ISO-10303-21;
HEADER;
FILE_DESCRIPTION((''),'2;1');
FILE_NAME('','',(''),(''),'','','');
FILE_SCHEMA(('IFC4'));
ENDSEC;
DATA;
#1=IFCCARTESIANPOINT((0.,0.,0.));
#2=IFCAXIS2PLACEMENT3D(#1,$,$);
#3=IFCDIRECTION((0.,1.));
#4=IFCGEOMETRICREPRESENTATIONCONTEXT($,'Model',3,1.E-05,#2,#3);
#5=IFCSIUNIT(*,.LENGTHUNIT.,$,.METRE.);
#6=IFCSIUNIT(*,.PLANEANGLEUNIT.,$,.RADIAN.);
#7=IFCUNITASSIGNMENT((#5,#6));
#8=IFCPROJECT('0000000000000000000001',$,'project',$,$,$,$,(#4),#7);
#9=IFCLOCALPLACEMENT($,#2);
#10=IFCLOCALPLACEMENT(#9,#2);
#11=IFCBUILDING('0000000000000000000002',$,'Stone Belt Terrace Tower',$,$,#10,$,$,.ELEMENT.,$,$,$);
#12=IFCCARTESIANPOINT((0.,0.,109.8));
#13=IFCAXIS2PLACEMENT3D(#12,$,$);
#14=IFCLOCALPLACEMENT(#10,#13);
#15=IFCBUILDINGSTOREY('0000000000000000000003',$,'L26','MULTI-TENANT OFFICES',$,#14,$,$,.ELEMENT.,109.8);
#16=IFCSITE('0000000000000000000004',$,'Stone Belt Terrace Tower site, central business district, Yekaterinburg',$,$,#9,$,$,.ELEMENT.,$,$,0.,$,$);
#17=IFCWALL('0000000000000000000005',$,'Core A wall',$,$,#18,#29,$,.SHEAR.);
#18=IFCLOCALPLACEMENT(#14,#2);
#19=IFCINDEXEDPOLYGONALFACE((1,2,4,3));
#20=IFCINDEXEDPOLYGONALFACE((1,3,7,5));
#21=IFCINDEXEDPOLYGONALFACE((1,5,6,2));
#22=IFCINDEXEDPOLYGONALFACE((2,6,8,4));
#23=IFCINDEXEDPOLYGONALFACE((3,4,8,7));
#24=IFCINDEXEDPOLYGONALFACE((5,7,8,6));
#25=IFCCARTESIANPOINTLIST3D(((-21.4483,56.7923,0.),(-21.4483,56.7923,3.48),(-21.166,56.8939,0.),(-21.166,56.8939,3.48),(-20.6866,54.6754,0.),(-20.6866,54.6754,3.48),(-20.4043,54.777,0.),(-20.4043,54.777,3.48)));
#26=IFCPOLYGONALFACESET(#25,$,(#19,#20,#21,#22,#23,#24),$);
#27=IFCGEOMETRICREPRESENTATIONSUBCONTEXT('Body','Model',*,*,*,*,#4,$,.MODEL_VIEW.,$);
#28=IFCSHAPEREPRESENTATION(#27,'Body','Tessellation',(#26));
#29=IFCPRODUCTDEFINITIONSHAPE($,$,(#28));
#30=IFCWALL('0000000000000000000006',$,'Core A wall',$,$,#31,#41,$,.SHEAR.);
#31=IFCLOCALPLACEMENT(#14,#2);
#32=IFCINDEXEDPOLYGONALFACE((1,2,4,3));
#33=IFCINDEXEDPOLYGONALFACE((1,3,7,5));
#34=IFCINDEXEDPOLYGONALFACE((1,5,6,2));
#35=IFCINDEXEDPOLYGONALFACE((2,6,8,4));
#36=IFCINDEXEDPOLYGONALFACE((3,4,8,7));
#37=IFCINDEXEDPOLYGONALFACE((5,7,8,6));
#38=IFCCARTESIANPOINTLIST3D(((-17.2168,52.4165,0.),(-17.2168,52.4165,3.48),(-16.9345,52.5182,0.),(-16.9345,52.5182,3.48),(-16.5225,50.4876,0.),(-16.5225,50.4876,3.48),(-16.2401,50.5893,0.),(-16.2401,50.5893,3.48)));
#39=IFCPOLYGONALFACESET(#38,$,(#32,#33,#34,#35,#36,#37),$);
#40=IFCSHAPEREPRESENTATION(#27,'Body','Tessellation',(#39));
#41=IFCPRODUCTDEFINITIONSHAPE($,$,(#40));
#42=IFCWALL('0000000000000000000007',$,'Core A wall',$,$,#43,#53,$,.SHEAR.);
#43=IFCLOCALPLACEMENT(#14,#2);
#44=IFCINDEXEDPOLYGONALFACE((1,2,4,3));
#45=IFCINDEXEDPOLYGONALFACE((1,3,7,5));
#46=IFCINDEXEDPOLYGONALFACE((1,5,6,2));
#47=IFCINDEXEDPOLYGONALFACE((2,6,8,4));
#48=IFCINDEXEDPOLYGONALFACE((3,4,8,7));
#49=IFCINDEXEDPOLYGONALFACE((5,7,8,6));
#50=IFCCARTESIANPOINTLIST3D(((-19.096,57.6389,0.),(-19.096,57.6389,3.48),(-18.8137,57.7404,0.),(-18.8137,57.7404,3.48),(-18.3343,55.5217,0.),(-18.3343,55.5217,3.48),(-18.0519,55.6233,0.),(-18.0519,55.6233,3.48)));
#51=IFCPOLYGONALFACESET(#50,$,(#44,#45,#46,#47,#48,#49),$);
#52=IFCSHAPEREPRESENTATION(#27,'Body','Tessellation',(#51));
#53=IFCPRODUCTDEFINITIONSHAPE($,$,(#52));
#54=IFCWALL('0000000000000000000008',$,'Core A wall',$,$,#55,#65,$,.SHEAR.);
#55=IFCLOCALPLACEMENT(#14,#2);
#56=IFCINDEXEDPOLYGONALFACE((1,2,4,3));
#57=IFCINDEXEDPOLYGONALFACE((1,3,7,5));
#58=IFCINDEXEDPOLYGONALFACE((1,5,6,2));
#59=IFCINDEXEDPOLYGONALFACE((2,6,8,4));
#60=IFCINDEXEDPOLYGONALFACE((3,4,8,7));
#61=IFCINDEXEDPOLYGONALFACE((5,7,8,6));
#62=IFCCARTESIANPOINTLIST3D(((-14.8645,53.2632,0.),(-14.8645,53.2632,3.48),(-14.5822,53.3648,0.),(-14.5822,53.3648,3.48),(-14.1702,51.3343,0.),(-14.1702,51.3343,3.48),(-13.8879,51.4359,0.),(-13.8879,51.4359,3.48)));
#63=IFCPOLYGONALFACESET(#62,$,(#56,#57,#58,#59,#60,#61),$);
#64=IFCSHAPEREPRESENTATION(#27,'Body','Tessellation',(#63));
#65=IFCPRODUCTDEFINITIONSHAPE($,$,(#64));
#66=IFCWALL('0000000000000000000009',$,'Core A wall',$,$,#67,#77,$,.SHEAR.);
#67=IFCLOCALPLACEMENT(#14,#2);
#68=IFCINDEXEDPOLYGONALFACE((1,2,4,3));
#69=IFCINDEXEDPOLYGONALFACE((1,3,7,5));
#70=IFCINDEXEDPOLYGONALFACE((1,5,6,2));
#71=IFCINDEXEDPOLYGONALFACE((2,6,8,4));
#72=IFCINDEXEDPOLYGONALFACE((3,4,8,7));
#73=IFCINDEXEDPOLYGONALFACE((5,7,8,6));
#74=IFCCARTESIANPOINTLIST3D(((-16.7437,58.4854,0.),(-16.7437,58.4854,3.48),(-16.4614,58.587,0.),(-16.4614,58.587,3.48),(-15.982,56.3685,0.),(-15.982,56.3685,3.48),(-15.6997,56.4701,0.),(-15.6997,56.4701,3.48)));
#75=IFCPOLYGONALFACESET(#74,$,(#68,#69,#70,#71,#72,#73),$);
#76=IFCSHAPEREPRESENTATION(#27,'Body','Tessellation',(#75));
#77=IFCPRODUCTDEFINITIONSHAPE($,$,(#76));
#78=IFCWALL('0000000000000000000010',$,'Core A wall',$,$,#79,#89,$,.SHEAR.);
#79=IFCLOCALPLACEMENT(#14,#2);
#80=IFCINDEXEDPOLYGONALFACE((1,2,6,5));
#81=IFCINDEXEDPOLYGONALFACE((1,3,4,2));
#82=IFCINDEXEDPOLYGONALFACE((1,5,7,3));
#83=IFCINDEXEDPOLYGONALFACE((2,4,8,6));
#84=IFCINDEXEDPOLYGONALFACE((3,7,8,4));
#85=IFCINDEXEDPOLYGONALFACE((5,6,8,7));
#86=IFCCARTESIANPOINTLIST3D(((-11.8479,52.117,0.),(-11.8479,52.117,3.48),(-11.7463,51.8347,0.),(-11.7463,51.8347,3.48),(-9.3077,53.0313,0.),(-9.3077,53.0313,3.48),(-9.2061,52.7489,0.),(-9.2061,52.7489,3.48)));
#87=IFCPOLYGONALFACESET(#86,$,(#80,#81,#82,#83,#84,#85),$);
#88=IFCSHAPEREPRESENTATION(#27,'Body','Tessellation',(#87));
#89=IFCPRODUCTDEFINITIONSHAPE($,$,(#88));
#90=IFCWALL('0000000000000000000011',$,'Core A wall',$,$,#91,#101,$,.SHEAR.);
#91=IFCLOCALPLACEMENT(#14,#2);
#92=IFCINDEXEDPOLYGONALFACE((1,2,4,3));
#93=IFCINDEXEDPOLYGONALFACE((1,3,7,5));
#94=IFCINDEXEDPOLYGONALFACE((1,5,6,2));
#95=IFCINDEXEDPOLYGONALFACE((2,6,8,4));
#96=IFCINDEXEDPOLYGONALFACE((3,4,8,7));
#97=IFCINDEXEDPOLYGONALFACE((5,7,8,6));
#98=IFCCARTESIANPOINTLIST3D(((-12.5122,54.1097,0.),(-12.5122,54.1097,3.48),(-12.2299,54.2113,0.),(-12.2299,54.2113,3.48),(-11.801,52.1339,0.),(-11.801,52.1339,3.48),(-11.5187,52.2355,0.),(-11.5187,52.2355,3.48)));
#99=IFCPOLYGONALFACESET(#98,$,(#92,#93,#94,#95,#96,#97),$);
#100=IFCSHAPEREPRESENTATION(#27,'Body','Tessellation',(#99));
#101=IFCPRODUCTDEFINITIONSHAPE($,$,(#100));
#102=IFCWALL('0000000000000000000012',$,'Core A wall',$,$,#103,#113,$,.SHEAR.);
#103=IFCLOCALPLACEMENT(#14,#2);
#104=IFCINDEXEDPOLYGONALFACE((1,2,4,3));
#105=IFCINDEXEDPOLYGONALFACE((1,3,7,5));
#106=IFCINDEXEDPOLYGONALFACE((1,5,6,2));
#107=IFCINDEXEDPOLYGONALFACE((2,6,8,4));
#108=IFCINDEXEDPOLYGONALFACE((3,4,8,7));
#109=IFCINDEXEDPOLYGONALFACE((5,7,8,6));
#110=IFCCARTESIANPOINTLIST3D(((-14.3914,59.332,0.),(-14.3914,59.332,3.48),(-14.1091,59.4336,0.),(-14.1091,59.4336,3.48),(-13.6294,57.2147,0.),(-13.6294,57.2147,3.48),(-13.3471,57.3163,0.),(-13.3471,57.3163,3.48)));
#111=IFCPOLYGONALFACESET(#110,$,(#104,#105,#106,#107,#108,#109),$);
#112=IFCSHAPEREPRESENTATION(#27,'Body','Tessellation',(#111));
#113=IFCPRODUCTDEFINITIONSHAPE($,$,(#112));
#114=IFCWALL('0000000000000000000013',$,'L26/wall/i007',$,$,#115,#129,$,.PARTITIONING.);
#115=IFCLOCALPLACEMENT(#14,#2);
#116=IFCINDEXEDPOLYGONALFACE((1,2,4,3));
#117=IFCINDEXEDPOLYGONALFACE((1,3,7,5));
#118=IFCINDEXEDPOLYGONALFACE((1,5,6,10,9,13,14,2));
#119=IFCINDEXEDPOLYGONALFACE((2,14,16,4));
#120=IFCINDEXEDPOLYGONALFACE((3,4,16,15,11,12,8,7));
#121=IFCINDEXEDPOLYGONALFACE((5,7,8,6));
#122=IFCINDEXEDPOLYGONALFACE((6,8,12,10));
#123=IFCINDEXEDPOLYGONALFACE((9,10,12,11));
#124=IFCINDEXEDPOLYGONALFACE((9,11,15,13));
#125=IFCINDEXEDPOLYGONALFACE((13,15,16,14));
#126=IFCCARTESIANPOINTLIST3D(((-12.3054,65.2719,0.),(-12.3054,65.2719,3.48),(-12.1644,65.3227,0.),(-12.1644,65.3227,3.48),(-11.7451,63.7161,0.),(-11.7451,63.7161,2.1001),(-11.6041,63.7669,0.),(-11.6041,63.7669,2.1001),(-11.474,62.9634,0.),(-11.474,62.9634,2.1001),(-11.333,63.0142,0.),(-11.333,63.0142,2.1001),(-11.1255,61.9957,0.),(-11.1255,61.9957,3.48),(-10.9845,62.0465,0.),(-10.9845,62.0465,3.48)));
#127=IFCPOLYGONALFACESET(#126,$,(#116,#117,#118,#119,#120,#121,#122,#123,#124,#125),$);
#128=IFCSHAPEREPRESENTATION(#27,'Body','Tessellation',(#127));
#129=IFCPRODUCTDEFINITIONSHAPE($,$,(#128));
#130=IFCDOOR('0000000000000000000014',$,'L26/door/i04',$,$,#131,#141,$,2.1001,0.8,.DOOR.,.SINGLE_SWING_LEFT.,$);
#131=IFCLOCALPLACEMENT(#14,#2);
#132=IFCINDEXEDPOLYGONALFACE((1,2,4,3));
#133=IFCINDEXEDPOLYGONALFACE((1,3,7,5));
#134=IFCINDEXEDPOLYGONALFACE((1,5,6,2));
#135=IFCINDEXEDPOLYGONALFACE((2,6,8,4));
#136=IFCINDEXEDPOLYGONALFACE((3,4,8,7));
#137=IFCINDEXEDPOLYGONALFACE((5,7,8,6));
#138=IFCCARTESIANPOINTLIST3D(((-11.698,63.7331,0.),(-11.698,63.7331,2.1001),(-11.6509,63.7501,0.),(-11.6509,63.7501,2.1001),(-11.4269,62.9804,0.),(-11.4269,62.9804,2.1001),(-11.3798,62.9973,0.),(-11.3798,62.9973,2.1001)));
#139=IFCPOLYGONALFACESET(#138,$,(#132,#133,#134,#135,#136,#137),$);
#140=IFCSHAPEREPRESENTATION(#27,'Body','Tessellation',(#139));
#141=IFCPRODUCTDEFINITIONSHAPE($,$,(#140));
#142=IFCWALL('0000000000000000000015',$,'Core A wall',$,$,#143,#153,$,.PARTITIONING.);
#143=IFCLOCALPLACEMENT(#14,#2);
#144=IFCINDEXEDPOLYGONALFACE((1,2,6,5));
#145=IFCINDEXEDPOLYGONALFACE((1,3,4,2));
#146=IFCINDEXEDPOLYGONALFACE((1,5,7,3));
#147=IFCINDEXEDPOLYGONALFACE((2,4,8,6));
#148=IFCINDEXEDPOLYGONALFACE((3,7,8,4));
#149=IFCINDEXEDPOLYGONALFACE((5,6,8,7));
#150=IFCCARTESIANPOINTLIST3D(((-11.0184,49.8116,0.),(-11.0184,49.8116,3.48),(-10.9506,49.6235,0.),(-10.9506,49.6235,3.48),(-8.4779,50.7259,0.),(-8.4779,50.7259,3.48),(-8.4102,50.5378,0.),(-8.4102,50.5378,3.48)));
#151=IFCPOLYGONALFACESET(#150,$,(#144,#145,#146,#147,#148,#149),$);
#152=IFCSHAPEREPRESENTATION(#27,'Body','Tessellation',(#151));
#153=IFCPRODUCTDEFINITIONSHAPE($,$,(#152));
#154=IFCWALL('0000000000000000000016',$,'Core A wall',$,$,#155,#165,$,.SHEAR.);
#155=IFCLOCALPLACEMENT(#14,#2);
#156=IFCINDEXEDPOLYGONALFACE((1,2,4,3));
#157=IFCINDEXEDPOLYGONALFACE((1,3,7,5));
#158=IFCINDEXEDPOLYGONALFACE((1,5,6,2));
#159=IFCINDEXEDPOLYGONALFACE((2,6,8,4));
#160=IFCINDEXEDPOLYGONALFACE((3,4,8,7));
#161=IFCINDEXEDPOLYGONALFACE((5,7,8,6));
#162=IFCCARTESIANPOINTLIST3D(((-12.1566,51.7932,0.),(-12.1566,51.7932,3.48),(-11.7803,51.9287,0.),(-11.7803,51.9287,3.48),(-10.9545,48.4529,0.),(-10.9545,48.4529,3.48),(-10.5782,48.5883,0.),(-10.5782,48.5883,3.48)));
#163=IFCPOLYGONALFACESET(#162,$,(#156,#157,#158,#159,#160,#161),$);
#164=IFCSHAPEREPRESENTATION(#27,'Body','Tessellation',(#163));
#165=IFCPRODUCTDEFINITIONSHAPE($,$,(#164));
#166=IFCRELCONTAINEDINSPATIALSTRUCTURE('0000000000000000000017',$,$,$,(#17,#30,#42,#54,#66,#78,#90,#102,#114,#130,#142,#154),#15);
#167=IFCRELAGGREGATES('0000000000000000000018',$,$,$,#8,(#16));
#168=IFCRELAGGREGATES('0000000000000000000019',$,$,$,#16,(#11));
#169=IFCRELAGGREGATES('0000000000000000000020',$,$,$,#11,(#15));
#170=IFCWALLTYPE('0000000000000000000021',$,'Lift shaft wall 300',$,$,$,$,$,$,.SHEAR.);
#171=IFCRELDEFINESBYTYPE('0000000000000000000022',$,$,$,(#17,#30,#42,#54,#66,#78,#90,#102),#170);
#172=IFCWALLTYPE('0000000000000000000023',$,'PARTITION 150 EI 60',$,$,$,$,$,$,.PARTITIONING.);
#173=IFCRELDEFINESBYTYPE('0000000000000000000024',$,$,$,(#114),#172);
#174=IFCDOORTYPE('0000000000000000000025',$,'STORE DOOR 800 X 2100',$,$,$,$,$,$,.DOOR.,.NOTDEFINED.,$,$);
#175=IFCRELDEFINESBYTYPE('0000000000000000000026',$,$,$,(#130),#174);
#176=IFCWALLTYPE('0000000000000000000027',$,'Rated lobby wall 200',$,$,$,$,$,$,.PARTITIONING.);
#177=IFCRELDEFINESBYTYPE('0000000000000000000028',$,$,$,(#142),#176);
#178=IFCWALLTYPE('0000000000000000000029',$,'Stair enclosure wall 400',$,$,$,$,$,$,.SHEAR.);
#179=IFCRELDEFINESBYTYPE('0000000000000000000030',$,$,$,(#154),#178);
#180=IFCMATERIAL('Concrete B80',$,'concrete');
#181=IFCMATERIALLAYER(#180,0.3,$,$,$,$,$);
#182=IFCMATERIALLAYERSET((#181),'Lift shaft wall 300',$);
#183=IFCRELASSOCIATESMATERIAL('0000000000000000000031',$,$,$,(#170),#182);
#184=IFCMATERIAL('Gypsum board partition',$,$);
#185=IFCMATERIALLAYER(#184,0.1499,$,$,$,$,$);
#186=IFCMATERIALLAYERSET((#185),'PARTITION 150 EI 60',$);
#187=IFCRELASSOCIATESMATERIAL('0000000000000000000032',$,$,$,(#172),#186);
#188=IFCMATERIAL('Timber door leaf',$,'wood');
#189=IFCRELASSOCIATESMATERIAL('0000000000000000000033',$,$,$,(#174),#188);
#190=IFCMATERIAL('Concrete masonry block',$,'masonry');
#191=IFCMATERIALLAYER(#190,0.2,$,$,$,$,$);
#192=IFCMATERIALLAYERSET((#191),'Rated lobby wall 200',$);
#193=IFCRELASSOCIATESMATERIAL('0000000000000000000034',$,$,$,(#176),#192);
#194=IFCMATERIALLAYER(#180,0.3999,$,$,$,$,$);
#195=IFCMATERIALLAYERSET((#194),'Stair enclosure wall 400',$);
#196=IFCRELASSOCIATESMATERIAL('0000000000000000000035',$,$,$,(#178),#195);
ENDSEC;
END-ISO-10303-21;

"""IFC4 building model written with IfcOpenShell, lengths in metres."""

from ifc_helpers import new_model, si_unit, direction, frame, frame_2d, origin, place, context, subcontext, project, spatial, rectangle, extrude, material, layer, layer_set, type_object, element, fill, save


model = new_model("IFC4")

# Units and contexts
model_context = context("Model", 3, precision=1e-05, world=origin(), true_north=direction((0.0, 1.0)))
body_context = subcontext(model_context, "Body", "Model", "MODEL_VIEW")
ifc_project = project(units=[si_unit("LENGTHUNIT", "METRE"), si_unit("PLANEANGLEUNIT", "RADIAN")], contexts=[model_context])

# Site, building, storey
site_placement = place(None, origin())
site = spatial("IfcSite", under=ifc_project, at=site_placement, Name="Stone Belt Terrace Tower site, central business district, Yekaterinburg", CompositionType="ELEMENT", RefElevation=0.0)
building_placement = place(site_placement, origin())
building = spatial("IfcBuilding", under=site, at=building_placement, Name="Stone Belt Terrace Tower", CompositionType="ELEMENT")
storey_placement = place(building_placement, frame((0.0, 0.0, 109.8)))
storey = spatial("IfcBuildingStorey", under=building, at=storey_placement, Name="L26", Description="MULTI-TENANT OFFICES", CompositionType="ELEMENT", Elevation=109.8)

# Shared definitions
ifc_material_1 = material(Name="Concrete B80", Category="concrete")

# Walls
ifc_layer_1 = layer(ifc_material_1, 0.3)
ifc_layer_set_1 = layer_set([ifc_layer_1], Name="Lift shaft wall 300")
wall_type_1 = type_object("IfcWallType", Name="Lift shaft wall 300", PredefinedType="SHEAR", material=ifc_layer_set_1)
wall_1_placement = place(storey_placement, frame((-20.5454, 54.7261, 0.0), z_axis=(0.0, 0.0, 1.0), x_axis=(-0.33857, 0.940941, 0.0)))
element("IfcWall", 1, at=wall_1_placement, inside=storey, type_object=wall_type_1, Name="Core A wall", PredefinedType="SHEAR", context=body_context, shape_type="SweptSolid", body=[
    extrude(rectangle(XDim=2.2498, YDim=0.3, at=frame_2d((1.125, 0.0))), origin(), (0.0, 0.0, 1.0), 3.48),
])
wall_2_placement = place(storey_placement, frame((-16.3813, 50.5386, 0.0), z_axis=(0.0, 0.0, 1.0), x_axis=(-0.338682, 0.940901, 0.0)))
element("IfcWall", 2, at=wall_2_placement, inside=storey, type_object=wall_type_1, Name="Core A wall", PredefinedType="SHEAR", context=body_context, shape_type="SweptSolid", body=[
    extrude(rectangle(XDim=2.05, YDim=0.3, at=frame_2d((1.0249, 0.0))), origin(), (0.0, 0.0, 1.0), 3.48),
])
wall_3_placement = place(storey_placement, frame((-18.1931, 55.5725, 0.0), z_axis=(0.0, 0.0, 1.0), x_axis=(-0.338535, 0.940954, 0.0)))
element("IfcWall", 3, at=wall_3_placement, inside=storey, type_object=wall_type_1, Name="Core A wall", PredefinedType="SHEAR", context=body_context, shape_type="SweptSolid", body=[
    extrude(rectangle(XDim=2.25, YDim=0.3, at=frame_2d((1.125, 0.0))), origin(), (0.0, 0.0, 1.0), 3.48),
])
wall_4_placement = place(storey_placement, frame((-14.0291, 51.3853, 0.0), z_axis=(0.0, 0.0, 1.0), x_axis=(-0.338682, 0.940901, 0.0)))
element("IfcWall", 4, at=wall_4_placement, inside=storey, type_object=wall_type_1, Name="Core A wall", PredefinedType="SHEAR", context=body_context, shape_type="SweptSolid", body=[
    extrude(rectangle(XDim=2.05, YDim=0.3, at=frame_2d((1.0249, 0.0))), origin(), (0.0, 0.0, 1.0), 3.48),
])
wall_5_placement = place(storey_placement, frame((-15.8408, 56.4192, 0.0), z_axis=(0.0, 0.0, 1.0), x_axis=(-0.33857, 0.940941, 0.0)))
element("IfcWall", 5, at=wall_5_placement, inside=storey, type_object=wall_type_1, Name="Core A wall", PredefinedType="SHEAR", context=body_context, shape_type="SweptSolid", body=[
    extrude(rectangle(XDim=2.2498, YDim=0.3, at=frame_2d((1.125, 0.0))), origin(), (0.0, 0.0, 1.0), 3.48),
])
wall_6_placement = place(storey_placement, frame((-11.7971, 51.9758, 0.0), z_axis=(0.0, 0.0, 1.0), x_axis=(0.94091, 0.338655, 0.0)))
element("IfcWall", 6, at=wall_6_placement, inside=storey, type_object=wall_type_1, Name="Core A wall", PredefinedType="SHEAR", context=body_context, shape_type="SweptSolid", body=[
    extrude(rectangle(XDim=2.6997, YDim=0.3, at=frame_2d((1.3499, 0.0))), origin(), (0.0, 0.0, 1.0), 3.48),
])
wall_7_placement = place(storey_placement, frame((-11.6599, 52.1848, 0.0), z_axis=(0.0, 0.0, 1.0), x_axis=(-0.33867, 0.940905, 0.0)))
element("IfcWall", 7, at=wall_7_placement, inside=storey, type_object=wall_type_1, Name="Core A wall", PredefinedType="SHEAR", context=body_context, shape_type="SweptSolid", body=[
    extrude(rectangle(XDim=2.0999, YDim=0.3, at=frame_2d((1.0498, 0.0))), origin(), (0.0, 0.0, 1.0), 3.48),
])
wall_8_placement = place(storey_placement, frame((-13.4883, 57.2656, 0.0), z_axis=(0.0, 0.0, 1.0), x_axis=(-0.338631, 0.940919, 0.0)))
element("IfcWall", 8, at=wall_8_placement, inside=storey, type_object=wall_type_1, Name="Core A wall", PredefinedType="SHEAR", context=body_context, shape_type="SweptSolid", body=[
    extrude(rectangle(XDim=2.2502, YDim=0.3, at=frame_2d((1.125, 0.0))), origin(), (0.0, 0.0, 1.0), 3.48),
])

# Wall, opening, door
ifc_material_2 = material(Name="Gypsum board partition")
ifc_layer_2 = layer(ifc_material_2, 0.1499)
ifc_layer_set_2 = layer_set([ifc_layer_2], Name="PARTITION 150 EI 60")
wall_type_2 = type_object("IfcWallType", Name="PARTITION 150 EI 60", PredefinedType="PARTITIONING", material=ifc_layer_set_2)
wall_9_placement = place(storey_placement, frame((-11.0549, 62.021, 0.0), z_axis=(0.0, 0.0, 1.0), x_axis=(-0.338854, 0.940839, 0.0)))
wall_9 = element("IfcWall", 9, at=wall_9_placement, inside=storey, type_object=wall_type_2, Name="L26/wall/i007", PredefinedType="PARTITIONING", context=body_context, shape_type="SweptSolid", body=[
    extrude(rectangle(XDim=3.4822, YDim=0.1499, at=frame_2d((1.7412, 0.0))), origin(), (0.0, 0.0, 1.0), 3.48),
])
opening_placement = place(wall_9_placement, frame((1.0288, 0.0, 0.0)))
opening = element("IfcOpeningElement", 10, at=opening_placement, cuts=wall_9, PredefinedType="OPENING", context=body_context, shape_type="SweptSolid", body=[
    extrude(rectangle(XDim=0.8, YDim=2.1001, at=frame_2d((0.3999, 1.05))), frame((0.0, 0.085, 0.0), z_axis=(0.0, -1.0, 0.0), x_axis=(1.0, 0.0, 0.0)), (0.0, 0.0, 1.0), 0.1699),
])
ifc_material_3 = material(Name="Timber door leaf", Category="wood")
door_type = type_object("IfcDoorType", Name="STORE DOOR 800 X 2100", OperationType="NOTDEFINED", PredefinedType="DOOR", material=ifc_material_3)
door_placement = place(opening_placement, origin())
door = element("IfcDoor", 11, at=door_placement, inside=storey, type_object=door_type, Name="L26/door/i04", OperationType="SINGLE_SWING_LEFT", OverallHeight=2.1001, OverallWidth=0.8, PredefinedType="DOOR", context=body_context, shape_type="SweptSolid", body=[
    extrude(rectangle(XDim=0.8, YDim=2.1001, at=frame_2d((0.3999, 1.05))), frame((0.0, 0.0249, 0.0), z_axis=(0.0, -1.0, 0.0), x_axis=(1.0, 0.0, 0.0)), (0.0, 0.0, 1.0), 0.05),
])
fill(opening, door)

# Walls
ifc_material_4 = material(Name="Concrete masonry block", Category="masonry")
ifc_layer_3 = layer(ifc_material_4, 0.2)
ifc_layer_set_3 = layer_set([ifc_layer_3], Name="Rated lobby wall 200")
wall_type_3 = type_object("IfcWallType", Name="Rated lobby wall 200", PredefinedType="PARTITIONING", material=ifc_layer_set_3)
wall_10_placement = place(storey_placement, frame((-10.9846, 49.7175, 0.0), z_axis=(0.0, 0.0, 1.0), x_axis=(0.940921, 0.338627, 0.0)))
element("IfcWall", 12, at=wall_10_placement, inside=storey, type_object=wall_type_3, Name="Core A wall", PredefinedType="PARTITIONING", context=body_context, shape_type="SweptSolid", body=[
    extrude(rectangle(XDim=2.7, YDim=0.2, at=frame_2d((1.3501, 0.0))), origin(), (0.0, 0.0, 1.0), 3.48),
])
ifc_layer_4 = layer(ifc_material_1, 0.3999)
ifc_layer_set_4 = layer_set([ifc_layer_4], Name="Stair enclosure wall 400")
wall_type_4 = type_object("IfcWallType", Name="Stair enclosure wall 400", PredefinedType="SHEAR", material=ifc_layer_set_4)
wall_11_placement = place(storey_placement, frame((-10.7664, 48.5208, 0.0), z_axis=(0.0, 0.0, 1.0), x_axis=(-0.338627, 0.940921, 0.0)))
element("IfcWall", 13, at=wall_11_placement, inside=storey, type_object=wall_type_4, Name="Core A wall", PredefinedType="SHEAR", context=body_context, shape_type="SweptSolid", body=[
    extrude(rectangle(XDim=3.55, YDim=0.3999, at=frame_2d((1.7749, 0.0))), origin(), (0.0, 0.0, 1.0), 3.48),
])

save(model, "model.ifc")
